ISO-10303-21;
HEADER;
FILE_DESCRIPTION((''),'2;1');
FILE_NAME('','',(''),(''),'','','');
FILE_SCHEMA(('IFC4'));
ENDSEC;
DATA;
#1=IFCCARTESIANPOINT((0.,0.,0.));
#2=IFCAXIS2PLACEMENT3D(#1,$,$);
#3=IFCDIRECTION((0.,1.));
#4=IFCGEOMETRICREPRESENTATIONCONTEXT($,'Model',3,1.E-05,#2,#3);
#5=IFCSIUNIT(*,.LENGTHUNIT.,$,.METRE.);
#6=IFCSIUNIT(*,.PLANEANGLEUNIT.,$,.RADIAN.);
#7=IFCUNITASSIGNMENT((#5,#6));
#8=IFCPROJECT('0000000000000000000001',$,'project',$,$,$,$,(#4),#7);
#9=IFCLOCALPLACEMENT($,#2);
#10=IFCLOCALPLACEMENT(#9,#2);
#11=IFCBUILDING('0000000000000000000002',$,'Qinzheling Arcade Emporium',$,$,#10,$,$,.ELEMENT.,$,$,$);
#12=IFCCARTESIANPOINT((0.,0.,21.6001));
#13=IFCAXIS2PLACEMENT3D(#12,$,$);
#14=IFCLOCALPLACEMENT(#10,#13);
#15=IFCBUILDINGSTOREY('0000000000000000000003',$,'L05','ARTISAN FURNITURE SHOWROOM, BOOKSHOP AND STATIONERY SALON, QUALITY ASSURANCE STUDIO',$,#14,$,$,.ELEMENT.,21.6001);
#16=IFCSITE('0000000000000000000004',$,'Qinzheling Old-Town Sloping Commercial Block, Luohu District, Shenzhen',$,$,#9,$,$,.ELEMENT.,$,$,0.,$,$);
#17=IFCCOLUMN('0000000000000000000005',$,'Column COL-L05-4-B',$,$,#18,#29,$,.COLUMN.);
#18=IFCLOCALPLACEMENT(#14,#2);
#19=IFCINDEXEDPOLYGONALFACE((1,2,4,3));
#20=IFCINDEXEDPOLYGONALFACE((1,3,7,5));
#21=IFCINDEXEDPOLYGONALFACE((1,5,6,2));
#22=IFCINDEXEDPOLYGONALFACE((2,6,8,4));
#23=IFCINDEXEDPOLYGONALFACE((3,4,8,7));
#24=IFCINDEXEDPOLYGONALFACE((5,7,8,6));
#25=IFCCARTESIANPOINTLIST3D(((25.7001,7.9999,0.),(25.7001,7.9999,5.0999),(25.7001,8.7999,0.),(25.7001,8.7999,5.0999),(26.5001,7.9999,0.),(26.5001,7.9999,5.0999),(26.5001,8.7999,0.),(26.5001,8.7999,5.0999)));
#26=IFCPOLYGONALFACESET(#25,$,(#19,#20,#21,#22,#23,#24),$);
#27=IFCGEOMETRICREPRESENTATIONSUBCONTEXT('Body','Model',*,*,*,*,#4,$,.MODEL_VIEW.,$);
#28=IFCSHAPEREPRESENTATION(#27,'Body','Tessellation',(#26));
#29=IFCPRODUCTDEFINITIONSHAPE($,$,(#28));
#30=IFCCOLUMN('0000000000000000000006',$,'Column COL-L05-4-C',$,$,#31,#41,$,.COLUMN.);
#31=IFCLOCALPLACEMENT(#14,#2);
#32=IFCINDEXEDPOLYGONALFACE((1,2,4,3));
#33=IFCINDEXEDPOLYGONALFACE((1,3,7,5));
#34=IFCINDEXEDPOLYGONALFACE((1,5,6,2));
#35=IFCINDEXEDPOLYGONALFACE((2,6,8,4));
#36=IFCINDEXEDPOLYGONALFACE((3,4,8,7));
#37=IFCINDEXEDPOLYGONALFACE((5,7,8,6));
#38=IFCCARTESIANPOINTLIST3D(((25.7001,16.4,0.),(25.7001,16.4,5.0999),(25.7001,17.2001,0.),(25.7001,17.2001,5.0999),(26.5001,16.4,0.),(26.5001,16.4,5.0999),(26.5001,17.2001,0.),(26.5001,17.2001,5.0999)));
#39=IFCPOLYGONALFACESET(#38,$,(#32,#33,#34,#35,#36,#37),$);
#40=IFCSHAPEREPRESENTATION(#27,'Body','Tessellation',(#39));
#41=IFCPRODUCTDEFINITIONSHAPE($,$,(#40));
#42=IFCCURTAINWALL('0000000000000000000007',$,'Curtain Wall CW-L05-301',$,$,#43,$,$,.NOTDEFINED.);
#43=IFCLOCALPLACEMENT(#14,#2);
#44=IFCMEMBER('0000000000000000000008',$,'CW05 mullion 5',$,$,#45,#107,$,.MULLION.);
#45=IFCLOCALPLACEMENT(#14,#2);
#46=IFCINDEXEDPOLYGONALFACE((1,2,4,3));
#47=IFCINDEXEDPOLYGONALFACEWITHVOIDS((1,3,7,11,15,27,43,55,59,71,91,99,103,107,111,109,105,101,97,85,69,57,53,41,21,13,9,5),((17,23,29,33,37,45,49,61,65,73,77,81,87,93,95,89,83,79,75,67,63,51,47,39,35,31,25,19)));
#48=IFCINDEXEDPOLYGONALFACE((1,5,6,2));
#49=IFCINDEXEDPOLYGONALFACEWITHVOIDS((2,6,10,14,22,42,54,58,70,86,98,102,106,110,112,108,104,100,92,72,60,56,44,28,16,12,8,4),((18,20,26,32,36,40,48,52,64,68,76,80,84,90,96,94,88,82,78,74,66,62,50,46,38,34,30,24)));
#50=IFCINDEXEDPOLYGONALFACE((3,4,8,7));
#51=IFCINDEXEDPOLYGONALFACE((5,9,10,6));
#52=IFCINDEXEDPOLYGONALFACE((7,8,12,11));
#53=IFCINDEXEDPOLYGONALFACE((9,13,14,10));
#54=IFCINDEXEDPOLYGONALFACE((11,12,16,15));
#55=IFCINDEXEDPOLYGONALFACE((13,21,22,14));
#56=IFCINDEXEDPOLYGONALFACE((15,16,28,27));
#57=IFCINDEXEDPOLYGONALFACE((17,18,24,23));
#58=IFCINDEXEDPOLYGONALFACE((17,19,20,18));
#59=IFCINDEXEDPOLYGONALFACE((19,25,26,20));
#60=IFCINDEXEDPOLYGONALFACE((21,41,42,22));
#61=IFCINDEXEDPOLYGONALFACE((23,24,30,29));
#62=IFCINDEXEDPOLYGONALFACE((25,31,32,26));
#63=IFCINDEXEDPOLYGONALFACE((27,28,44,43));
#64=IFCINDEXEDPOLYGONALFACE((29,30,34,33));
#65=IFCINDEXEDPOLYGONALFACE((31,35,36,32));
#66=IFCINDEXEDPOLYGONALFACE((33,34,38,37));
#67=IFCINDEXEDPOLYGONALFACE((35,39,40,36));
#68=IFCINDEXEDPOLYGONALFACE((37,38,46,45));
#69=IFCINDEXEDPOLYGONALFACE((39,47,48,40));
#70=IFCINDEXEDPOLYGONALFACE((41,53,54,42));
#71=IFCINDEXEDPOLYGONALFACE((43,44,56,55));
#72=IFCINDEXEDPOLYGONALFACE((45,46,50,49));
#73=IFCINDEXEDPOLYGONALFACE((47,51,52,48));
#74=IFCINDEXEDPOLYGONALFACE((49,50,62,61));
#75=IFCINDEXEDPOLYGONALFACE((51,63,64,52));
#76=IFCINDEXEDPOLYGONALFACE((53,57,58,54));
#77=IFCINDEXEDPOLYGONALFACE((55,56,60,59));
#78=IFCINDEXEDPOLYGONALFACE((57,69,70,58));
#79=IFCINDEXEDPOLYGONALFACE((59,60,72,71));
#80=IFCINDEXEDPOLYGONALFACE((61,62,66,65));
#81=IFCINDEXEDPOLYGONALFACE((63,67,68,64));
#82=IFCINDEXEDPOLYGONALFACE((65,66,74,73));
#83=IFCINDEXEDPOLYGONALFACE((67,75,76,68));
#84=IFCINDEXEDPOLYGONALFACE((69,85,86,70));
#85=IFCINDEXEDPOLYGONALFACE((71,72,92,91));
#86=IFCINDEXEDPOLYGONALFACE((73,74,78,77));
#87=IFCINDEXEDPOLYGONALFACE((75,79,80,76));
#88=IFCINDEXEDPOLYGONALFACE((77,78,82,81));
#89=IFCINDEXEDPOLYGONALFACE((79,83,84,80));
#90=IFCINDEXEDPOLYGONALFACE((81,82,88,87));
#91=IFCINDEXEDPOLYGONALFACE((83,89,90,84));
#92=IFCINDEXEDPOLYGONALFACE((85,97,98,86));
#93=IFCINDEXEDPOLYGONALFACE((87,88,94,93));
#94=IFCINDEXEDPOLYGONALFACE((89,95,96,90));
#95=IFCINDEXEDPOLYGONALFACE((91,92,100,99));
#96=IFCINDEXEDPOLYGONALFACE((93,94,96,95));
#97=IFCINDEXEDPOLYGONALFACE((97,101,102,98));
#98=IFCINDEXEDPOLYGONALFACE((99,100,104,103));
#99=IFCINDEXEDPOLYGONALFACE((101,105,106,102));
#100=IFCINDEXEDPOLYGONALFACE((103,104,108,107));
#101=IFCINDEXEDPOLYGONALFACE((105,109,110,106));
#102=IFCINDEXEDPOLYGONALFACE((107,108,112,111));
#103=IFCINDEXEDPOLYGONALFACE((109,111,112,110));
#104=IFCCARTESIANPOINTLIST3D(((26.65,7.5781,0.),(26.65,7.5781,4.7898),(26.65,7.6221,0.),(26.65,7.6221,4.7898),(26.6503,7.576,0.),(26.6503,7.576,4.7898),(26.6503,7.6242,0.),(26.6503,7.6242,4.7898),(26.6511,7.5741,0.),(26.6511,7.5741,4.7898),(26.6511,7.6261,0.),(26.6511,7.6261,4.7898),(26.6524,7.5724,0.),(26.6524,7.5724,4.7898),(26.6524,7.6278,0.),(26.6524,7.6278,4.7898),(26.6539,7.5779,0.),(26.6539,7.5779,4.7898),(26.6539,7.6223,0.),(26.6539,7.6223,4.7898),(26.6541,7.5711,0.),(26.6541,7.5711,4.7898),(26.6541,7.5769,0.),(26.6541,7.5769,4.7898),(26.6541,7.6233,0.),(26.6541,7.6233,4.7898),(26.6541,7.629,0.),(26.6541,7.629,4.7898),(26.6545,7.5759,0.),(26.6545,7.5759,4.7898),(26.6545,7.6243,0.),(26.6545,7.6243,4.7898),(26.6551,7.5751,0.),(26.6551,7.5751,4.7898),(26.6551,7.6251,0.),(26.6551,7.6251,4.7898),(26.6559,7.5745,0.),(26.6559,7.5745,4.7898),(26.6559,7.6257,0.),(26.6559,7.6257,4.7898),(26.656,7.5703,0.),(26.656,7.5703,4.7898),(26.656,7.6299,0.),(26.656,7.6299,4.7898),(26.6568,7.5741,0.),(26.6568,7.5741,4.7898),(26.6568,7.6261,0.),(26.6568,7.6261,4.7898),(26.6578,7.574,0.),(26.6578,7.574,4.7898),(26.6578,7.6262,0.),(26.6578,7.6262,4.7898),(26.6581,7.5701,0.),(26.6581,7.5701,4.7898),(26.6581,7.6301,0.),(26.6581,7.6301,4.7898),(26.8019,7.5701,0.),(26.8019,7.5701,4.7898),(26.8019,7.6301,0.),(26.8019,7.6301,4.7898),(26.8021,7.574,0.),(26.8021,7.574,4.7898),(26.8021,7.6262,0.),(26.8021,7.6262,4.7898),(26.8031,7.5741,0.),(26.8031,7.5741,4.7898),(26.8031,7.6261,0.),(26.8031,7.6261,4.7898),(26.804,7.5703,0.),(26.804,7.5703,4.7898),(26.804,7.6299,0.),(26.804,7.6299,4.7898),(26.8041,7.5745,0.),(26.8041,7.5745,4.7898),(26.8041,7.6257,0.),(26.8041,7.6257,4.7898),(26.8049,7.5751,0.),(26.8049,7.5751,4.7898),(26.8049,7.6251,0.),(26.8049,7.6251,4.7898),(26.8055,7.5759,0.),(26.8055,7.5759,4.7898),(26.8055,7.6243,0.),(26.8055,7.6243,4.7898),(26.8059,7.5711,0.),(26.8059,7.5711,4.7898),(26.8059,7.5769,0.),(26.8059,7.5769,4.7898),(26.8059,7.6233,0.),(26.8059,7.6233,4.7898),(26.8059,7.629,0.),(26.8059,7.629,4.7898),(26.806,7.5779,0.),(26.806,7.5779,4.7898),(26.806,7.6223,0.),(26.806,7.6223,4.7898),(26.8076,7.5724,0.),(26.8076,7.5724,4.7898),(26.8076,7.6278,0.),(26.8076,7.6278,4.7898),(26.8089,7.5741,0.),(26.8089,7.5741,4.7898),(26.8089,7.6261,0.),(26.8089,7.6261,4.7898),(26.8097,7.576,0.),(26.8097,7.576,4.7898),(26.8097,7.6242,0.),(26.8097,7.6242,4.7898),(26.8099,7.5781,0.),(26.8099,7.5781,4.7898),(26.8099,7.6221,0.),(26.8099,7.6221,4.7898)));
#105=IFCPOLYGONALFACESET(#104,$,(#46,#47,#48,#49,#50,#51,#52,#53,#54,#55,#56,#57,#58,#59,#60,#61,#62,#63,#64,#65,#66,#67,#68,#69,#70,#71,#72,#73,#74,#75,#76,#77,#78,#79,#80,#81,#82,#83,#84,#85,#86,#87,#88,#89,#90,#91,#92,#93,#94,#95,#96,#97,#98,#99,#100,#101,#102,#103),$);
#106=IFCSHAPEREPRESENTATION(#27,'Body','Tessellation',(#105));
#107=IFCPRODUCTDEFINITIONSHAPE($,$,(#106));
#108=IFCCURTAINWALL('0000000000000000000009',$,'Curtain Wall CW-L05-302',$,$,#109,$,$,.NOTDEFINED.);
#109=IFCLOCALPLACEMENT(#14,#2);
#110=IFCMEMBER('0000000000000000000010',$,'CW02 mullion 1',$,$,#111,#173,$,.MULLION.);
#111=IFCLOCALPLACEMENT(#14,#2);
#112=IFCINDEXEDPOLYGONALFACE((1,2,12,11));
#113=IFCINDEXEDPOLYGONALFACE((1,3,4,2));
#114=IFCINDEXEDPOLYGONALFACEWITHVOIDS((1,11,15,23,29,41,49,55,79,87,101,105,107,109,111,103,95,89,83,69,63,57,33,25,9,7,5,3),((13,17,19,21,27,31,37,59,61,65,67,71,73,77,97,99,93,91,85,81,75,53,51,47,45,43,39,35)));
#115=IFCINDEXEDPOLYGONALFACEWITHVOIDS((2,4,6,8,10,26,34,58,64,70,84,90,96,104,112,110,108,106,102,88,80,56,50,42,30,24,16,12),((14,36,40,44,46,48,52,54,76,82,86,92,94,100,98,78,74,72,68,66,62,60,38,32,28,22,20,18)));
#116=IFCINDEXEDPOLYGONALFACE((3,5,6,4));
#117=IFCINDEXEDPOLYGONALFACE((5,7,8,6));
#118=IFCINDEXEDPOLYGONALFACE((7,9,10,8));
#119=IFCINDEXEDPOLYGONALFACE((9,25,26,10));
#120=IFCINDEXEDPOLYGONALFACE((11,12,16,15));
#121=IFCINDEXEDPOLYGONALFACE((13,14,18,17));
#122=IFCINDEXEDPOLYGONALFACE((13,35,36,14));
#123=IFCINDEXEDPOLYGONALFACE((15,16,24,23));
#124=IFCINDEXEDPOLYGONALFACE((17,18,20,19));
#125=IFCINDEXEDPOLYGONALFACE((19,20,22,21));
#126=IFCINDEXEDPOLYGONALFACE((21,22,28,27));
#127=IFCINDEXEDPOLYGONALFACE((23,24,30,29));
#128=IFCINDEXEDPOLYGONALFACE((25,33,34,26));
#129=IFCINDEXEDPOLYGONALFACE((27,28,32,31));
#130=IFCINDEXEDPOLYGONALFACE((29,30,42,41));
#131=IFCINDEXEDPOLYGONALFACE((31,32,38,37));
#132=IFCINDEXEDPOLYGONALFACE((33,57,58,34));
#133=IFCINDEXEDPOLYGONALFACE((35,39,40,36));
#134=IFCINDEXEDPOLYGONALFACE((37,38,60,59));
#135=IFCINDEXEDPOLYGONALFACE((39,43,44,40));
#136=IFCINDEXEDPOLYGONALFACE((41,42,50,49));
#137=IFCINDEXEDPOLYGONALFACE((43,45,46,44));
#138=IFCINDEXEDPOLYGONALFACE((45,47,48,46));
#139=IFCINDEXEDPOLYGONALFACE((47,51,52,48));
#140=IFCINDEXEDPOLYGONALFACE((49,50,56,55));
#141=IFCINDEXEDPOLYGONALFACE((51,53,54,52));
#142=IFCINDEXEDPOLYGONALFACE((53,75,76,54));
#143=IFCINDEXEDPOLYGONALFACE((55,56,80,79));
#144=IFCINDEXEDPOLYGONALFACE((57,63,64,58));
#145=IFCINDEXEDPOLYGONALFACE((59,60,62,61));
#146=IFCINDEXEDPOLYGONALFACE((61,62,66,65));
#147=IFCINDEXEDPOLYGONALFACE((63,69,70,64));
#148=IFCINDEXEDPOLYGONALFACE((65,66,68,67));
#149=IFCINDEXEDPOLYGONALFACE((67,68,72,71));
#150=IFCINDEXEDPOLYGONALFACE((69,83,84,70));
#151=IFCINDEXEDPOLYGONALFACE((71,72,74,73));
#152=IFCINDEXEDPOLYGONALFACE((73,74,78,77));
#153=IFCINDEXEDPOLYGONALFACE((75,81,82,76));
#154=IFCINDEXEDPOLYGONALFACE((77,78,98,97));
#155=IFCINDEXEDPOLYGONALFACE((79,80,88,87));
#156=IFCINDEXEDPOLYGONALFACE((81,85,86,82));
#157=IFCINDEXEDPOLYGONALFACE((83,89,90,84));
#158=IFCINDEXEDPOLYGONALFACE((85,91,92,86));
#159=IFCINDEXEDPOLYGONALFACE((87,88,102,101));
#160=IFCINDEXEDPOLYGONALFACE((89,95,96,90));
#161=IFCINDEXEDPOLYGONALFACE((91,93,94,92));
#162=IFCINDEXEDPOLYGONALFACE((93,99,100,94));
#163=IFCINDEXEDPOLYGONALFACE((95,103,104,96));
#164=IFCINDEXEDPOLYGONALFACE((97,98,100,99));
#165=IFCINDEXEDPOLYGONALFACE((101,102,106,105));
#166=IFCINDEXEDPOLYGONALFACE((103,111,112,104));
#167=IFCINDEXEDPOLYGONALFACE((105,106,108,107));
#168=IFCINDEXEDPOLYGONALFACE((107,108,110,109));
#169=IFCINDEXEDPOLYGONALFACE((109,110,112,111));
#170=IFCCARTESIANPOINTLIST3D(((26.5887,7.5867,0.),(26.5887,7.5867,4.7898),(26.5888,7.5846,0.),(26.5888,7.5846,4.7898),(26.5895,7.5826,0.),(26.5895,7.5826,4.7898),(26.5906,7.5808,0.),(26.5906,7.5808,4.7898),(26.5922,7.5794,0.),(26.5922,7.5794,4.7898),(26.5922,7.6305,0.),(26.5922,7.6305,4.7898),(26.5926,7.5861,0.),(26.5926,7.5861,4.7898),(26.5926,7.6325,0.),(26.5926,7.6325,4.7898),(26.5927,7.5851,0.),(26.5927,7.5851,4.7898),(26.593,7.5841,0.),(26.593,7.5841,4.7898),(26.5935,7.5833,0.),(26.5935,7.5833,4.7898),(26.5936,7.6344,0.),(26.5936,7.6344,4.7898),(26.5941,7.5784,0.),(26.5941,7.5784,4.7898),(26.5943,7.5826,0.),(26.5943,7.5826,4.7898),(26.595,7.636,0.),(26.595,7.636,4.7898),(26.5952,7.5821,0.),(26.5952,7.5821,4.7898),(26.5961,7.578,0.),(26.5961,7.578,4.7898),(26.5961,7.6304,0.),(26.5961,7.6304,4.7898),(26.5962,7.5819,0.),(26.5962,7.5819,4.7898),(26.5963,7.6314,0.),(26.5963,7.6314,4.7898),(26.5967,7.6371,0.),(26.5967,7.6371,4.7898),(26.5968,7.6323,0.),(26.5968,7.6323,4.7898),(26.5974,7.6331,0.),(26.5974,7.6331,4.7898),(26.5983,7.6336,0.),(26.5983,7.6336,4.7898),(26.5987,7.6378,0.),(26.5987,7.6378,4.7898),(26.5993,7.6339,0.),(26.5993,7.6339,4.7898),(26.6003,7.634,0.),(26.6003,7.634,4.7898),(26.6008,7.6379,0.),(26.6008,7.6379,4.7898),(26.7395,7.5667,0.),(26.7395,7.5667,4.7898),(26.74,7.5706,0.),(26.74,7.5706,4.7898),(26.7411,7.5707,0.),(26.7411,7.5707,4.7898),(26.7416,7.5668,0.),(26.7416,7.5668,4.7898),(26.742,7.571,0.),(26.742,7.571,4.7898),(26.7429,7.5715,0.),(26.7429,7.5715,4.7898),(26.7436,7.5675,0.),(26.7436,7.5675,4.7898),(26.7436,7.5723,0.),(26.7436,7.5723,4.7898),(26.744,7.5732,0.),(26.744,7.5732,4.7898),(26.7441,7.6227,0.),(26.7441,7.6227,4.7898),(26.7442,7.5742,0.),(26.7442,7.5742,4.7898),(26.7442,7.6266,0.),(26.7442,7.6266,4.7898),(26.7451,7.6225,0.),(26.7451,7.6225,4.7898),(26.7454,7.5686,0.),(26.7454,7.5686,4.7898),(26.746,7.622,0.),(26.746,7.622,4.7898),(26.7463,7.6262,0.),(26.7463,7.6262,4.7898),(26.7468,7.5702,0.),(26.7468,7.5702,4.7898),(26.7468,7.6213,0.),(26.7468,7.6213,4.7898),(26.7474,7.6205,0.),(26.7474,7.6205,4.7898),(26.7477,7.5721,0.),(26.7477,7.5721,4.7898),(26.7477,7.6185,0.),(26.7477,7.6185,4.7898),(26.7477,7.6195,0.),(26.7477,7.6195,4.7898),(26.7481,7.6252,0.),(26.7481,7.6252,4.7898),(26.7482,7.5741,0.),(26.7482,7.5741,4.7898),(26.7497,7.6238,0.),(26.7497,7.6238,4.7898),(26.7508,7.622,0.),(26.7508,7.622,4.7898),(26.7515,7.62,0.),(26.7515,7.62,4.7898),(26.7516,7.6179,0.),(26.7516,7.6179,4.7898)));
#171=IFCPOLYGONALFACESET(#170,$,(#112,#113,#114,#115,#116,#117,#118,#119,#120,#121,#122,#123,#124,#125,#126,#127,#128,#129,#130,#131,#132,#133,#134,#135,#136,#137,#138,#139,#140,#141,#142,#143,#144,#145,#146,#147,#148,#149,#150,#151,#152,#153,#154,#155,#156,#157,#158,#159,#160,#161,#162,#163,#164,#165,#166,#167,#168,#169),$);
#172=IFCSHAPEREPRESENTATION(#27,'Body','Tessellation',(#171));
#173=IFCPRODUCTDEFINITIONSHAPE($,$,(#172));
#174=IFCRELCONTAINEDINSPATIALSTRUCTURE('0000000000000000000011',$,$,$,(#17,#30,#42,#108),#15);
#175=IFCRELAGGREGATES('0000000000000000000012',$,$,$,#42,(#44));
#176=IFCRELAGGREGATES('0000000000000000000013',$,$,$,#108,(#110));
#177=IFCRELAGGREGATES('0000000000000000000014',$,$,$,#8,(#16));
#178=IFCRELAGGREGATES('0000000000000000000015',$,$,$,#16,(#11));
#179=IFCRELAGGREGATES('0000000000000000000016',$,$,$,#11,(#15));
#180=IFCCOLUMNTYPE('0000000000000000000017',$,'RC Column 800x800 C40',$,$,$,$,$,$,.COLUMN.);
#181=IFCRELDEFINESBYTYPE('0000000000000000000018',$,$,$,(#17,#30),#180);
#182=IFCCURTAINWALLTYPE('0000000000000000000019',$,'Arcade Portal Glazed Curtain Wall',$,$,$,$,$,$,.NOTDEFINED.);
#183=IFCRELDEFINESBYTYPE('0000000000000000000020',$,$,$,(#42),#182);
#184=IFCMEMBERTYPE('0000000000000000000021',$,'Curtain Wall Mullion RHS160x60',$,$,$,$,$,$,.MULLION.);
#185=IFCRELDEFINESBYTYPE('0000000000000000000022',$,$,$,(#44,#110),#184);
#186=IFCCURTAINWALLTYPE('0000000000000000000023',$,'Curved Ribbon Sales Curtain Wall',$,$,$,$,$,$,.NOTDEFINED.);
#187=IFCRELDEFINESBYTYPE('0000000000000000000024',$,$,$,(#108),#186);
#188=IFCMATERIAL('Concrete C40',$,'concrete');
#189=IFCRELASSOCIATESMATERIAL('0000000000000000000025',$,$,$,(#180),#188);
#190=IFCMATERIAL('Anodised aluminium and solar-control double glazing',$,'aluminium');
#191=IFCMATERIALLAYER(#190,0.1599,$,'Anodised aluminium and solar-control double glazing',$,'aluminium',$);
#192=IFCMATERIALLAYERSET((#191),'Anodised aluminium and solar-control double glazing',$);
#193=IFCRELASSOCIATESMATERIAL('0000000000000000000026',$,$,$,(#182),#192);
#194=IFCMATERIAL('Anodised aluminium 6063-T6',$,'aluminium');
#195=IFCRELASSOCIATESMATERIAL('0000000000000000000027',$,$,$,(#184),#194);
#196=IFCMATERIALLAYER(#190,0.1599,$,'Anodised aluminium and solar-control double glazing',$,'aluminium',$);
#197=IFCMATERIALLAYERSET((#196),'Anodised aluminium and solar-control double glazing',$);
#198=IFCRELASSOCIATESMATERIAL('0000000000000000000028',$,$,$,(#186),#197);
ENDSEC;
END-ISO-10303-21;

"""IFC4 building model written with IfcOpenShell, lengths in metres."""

from ifc_helpers import new_model, si_unit, direction, frame, origin, origin_2d, place, context, subcontext, project, spatial, rectangle, hollow_rectangle, extrude, material, layer, layer_set, material_profile, profile_set, type_object, element, aggregate, save


model = new_model("IFC4")

# Units and contexts
model_context = context("Model", 3, precision=1e-05, world=origin(), true_north=direction((0.0, 1.0)))
body_context = subcontext(model_context, "Body", "Model", "MODEL_VIEW")
ifc_project = project(units=[si_unit("LENGTHUNIT", "METRE"), si_unit("PLANEANGLEUNIT", "RADIAN")], contexts=[model_context])

# Site, building, storey
site_placement = place(None, origin())
site = spatial("IfcSite", under=ifc_project, at=site_placement, Name="Qinzheling Old-Town Sloping Commercial Block, Luohu District, Shenzhen", CompositionType="ELEMENT", RefElevation=0.0)
building_placement = place(site_placement, origin())
building = spatial("IfcBuilding", under=site, at=building_placement, Name="Qinzheling Arcade Emporium", CompositionType="ELEMENT")
storey_placement = place(building_placement, frame((0.0, 0.0, 21.6001)))
storey = spatial("IfcBuildingStorey", under=building, at=storey_placement, Name="L05", Description="ARTISAN FURNITURE SHOWROOM, BOOKSHOP AND STATIONERY SALON, QUALITY ASSURANCE STUDIO", CompositionType="ELEMENT", Elevation=21.6001)

# Columns
ifc_material_1 = material(Name="Concrete C40", Category="concrete")
ifc_material_profile_1 = material_profile(ifc_material_1, rectangle(XDim=0.8, YDim=0.8, at=origin_2d()), Name="RC 800x800", Category="concrete")
ifc_profile_set_1 = profile_set([ifc_material_profile_1], Name="Concrete C40")
column_type = type_object("IfcColumnType", Name="RC Column 800x800 C40", PredefinedType="COLUMN", material=ifc_profile_set_1)
for number, where, z_axis, x_axis, name in (
    (1, (26.1001, 8.3999, 0.0), (0.0, 0.0, 1.0), (1.0, 0.0, 0.0), "Column COL-L05-4-B"),
    (2, (26.1001, 16.8, 0.0), (0.0, 0.0, 1.0), (1.0, 0.0, 0.0), "Column COL-L05-4-C"),
):
    element("IfcColumn", number, at=place(storey_placement, frame(where, z_axis=z_axis, x_axis=x_axis)), inside=storey, type_object=column_type, Name=name, PredefinedType="COLUMN", context=body_context, shape_type="SweptSolid", body=[
        extrude(rectangle(XDim=0.8, YDim=0.8, at=origin_2d()), origin(), (0.0, 0.0, 1.0), 5.0999),
    ])

# Curtain wall, member
ifc_material_2 = material(Name="Anodised aluminium and solar-control double glazing", Category="aluminium")
ifc_layer_1 = layer(ifc_material_2, 0.1599, Name="Anodised aluminium and solar-control double glazing", Category="aluminium")
ifc_layer_set_1 = layer_set([ifc_layer_1], Name="Anodised aluminium and solar-control double glazing")
curtain_wall_type_1 = type_object("IfcCurtainWallType", Name="Arcade Portal Glazed Curtain Wall", PredefinedType="NOTDEFINED", material=ifc_layer_set_1)
curtain_wall_1_placement = place(storey_placement, origin())
curtain_wall_1 = element("IfcCurtainWall", 3, at=curtain_wall_1_placement, inside=storey, type_object=curtain_wall_type_1, Name="Curtain Wall CW-L05-301", PredefinedType="NOTDEFINED")
ifc_material_3 = material(Name="Anodised aluminium 6063-T6", Category="aluminium")
ifc_material_profile_2 = material_profile(ifc_material_3, hollow_rectangle(XDim=0.0601, YDim=0.1599, WallThickness=0.0039, InnerFilletRadius=0.0039, OuterFilletRadius=0.0081, at=origin_2d()), Name="RHS 160x60x4", Category="aluminium")
ifc_profile_set_2 = profile_set([ifc_material_profile_2], Name="Anodised aluminium 6063-T6")
member_type_1 = type_object("IfcMemberType", Name="Curtain Wall Mullion RHS160x60", PredefinedType="MULLION", material=ifc_profile_set_2)
member_1_placement = place(storey_placement, frame((26.73, 7.6001, 0.0), z_axis=(0.0, 0.0, 1.0), x_axis=(0.0, -1.0, 0.0)))
member_1 = element("IfcMember", 4, at=member_1_placement, type_object=member_type_1, Name="CW05 mullion 5", PredefinedType="MULLION", context=body_context, shape_type="SweptSolid", body=[
    extrude(hollow_rectangle(XDim=0.0601, YDim=0.1599, WallThickness=0.0039, InnerFilletRadius=0.0039, OuterFilletRadius=0.0081, at=origin_2d()), origin(), (0.0, 0.0, 1.0), 4.7898),
])

# Curtain wall, member
ifc_layer_2 = layer(ifc_material_2, 0.1599, Name="Anodised aluminium and solar-control double glazing", Category="aluminium")
ifc_layer_set_2 = layer_set([ifc_layer_2], Name="Anodised aluminium and solar-control double glazing")
curtain_wall_type_2 = type_object("IfcCurtainWallType", Name="Curved Ribbon Sales Curtain Wall", PredefinedType="NOTDEFINED", material=ifc_layer_set_2)
curtain_wall_2_placement = place(storey_placement, origin())
curtain_wall_2 = element("IfcCurtainWall", 5, at=curtain_wall_2_placement, inside=storey, type_object=curtain_wall_type_2, Name="Curtain Wall CW-L05-302", PredefinedType="NOTDEFINED")
member_2_placement = place(storey_placement, frame((26.6702, 7.6023, 0.0), z_axis=(0.0, 0.0, 1.0), x_axis=(-0.078337, -0.996927, 0.0)))
member_2 = element("IfcMember", 6, at=member_2_placement, type_object=member_type_1, Name="CW02 mullion 1", PredefinedType="MULLION", context=body_context, shape_type="SweptSolid", body=[
    extrude(hollow_rectangle(XDim=0.0601, YDim=0.1599, WallThickness=0.0039, InnerFilletRadius=0.0039, OuterFilletRadius=0.0081, at=origin_2d()), origin(), (0.0, 0.0, 1.0), 4.7898),
])

aggregate(curtain_wall_1, [member_1])
aggregate(curtain_wall_2, [member_2])

save(model, "model.ifc")
